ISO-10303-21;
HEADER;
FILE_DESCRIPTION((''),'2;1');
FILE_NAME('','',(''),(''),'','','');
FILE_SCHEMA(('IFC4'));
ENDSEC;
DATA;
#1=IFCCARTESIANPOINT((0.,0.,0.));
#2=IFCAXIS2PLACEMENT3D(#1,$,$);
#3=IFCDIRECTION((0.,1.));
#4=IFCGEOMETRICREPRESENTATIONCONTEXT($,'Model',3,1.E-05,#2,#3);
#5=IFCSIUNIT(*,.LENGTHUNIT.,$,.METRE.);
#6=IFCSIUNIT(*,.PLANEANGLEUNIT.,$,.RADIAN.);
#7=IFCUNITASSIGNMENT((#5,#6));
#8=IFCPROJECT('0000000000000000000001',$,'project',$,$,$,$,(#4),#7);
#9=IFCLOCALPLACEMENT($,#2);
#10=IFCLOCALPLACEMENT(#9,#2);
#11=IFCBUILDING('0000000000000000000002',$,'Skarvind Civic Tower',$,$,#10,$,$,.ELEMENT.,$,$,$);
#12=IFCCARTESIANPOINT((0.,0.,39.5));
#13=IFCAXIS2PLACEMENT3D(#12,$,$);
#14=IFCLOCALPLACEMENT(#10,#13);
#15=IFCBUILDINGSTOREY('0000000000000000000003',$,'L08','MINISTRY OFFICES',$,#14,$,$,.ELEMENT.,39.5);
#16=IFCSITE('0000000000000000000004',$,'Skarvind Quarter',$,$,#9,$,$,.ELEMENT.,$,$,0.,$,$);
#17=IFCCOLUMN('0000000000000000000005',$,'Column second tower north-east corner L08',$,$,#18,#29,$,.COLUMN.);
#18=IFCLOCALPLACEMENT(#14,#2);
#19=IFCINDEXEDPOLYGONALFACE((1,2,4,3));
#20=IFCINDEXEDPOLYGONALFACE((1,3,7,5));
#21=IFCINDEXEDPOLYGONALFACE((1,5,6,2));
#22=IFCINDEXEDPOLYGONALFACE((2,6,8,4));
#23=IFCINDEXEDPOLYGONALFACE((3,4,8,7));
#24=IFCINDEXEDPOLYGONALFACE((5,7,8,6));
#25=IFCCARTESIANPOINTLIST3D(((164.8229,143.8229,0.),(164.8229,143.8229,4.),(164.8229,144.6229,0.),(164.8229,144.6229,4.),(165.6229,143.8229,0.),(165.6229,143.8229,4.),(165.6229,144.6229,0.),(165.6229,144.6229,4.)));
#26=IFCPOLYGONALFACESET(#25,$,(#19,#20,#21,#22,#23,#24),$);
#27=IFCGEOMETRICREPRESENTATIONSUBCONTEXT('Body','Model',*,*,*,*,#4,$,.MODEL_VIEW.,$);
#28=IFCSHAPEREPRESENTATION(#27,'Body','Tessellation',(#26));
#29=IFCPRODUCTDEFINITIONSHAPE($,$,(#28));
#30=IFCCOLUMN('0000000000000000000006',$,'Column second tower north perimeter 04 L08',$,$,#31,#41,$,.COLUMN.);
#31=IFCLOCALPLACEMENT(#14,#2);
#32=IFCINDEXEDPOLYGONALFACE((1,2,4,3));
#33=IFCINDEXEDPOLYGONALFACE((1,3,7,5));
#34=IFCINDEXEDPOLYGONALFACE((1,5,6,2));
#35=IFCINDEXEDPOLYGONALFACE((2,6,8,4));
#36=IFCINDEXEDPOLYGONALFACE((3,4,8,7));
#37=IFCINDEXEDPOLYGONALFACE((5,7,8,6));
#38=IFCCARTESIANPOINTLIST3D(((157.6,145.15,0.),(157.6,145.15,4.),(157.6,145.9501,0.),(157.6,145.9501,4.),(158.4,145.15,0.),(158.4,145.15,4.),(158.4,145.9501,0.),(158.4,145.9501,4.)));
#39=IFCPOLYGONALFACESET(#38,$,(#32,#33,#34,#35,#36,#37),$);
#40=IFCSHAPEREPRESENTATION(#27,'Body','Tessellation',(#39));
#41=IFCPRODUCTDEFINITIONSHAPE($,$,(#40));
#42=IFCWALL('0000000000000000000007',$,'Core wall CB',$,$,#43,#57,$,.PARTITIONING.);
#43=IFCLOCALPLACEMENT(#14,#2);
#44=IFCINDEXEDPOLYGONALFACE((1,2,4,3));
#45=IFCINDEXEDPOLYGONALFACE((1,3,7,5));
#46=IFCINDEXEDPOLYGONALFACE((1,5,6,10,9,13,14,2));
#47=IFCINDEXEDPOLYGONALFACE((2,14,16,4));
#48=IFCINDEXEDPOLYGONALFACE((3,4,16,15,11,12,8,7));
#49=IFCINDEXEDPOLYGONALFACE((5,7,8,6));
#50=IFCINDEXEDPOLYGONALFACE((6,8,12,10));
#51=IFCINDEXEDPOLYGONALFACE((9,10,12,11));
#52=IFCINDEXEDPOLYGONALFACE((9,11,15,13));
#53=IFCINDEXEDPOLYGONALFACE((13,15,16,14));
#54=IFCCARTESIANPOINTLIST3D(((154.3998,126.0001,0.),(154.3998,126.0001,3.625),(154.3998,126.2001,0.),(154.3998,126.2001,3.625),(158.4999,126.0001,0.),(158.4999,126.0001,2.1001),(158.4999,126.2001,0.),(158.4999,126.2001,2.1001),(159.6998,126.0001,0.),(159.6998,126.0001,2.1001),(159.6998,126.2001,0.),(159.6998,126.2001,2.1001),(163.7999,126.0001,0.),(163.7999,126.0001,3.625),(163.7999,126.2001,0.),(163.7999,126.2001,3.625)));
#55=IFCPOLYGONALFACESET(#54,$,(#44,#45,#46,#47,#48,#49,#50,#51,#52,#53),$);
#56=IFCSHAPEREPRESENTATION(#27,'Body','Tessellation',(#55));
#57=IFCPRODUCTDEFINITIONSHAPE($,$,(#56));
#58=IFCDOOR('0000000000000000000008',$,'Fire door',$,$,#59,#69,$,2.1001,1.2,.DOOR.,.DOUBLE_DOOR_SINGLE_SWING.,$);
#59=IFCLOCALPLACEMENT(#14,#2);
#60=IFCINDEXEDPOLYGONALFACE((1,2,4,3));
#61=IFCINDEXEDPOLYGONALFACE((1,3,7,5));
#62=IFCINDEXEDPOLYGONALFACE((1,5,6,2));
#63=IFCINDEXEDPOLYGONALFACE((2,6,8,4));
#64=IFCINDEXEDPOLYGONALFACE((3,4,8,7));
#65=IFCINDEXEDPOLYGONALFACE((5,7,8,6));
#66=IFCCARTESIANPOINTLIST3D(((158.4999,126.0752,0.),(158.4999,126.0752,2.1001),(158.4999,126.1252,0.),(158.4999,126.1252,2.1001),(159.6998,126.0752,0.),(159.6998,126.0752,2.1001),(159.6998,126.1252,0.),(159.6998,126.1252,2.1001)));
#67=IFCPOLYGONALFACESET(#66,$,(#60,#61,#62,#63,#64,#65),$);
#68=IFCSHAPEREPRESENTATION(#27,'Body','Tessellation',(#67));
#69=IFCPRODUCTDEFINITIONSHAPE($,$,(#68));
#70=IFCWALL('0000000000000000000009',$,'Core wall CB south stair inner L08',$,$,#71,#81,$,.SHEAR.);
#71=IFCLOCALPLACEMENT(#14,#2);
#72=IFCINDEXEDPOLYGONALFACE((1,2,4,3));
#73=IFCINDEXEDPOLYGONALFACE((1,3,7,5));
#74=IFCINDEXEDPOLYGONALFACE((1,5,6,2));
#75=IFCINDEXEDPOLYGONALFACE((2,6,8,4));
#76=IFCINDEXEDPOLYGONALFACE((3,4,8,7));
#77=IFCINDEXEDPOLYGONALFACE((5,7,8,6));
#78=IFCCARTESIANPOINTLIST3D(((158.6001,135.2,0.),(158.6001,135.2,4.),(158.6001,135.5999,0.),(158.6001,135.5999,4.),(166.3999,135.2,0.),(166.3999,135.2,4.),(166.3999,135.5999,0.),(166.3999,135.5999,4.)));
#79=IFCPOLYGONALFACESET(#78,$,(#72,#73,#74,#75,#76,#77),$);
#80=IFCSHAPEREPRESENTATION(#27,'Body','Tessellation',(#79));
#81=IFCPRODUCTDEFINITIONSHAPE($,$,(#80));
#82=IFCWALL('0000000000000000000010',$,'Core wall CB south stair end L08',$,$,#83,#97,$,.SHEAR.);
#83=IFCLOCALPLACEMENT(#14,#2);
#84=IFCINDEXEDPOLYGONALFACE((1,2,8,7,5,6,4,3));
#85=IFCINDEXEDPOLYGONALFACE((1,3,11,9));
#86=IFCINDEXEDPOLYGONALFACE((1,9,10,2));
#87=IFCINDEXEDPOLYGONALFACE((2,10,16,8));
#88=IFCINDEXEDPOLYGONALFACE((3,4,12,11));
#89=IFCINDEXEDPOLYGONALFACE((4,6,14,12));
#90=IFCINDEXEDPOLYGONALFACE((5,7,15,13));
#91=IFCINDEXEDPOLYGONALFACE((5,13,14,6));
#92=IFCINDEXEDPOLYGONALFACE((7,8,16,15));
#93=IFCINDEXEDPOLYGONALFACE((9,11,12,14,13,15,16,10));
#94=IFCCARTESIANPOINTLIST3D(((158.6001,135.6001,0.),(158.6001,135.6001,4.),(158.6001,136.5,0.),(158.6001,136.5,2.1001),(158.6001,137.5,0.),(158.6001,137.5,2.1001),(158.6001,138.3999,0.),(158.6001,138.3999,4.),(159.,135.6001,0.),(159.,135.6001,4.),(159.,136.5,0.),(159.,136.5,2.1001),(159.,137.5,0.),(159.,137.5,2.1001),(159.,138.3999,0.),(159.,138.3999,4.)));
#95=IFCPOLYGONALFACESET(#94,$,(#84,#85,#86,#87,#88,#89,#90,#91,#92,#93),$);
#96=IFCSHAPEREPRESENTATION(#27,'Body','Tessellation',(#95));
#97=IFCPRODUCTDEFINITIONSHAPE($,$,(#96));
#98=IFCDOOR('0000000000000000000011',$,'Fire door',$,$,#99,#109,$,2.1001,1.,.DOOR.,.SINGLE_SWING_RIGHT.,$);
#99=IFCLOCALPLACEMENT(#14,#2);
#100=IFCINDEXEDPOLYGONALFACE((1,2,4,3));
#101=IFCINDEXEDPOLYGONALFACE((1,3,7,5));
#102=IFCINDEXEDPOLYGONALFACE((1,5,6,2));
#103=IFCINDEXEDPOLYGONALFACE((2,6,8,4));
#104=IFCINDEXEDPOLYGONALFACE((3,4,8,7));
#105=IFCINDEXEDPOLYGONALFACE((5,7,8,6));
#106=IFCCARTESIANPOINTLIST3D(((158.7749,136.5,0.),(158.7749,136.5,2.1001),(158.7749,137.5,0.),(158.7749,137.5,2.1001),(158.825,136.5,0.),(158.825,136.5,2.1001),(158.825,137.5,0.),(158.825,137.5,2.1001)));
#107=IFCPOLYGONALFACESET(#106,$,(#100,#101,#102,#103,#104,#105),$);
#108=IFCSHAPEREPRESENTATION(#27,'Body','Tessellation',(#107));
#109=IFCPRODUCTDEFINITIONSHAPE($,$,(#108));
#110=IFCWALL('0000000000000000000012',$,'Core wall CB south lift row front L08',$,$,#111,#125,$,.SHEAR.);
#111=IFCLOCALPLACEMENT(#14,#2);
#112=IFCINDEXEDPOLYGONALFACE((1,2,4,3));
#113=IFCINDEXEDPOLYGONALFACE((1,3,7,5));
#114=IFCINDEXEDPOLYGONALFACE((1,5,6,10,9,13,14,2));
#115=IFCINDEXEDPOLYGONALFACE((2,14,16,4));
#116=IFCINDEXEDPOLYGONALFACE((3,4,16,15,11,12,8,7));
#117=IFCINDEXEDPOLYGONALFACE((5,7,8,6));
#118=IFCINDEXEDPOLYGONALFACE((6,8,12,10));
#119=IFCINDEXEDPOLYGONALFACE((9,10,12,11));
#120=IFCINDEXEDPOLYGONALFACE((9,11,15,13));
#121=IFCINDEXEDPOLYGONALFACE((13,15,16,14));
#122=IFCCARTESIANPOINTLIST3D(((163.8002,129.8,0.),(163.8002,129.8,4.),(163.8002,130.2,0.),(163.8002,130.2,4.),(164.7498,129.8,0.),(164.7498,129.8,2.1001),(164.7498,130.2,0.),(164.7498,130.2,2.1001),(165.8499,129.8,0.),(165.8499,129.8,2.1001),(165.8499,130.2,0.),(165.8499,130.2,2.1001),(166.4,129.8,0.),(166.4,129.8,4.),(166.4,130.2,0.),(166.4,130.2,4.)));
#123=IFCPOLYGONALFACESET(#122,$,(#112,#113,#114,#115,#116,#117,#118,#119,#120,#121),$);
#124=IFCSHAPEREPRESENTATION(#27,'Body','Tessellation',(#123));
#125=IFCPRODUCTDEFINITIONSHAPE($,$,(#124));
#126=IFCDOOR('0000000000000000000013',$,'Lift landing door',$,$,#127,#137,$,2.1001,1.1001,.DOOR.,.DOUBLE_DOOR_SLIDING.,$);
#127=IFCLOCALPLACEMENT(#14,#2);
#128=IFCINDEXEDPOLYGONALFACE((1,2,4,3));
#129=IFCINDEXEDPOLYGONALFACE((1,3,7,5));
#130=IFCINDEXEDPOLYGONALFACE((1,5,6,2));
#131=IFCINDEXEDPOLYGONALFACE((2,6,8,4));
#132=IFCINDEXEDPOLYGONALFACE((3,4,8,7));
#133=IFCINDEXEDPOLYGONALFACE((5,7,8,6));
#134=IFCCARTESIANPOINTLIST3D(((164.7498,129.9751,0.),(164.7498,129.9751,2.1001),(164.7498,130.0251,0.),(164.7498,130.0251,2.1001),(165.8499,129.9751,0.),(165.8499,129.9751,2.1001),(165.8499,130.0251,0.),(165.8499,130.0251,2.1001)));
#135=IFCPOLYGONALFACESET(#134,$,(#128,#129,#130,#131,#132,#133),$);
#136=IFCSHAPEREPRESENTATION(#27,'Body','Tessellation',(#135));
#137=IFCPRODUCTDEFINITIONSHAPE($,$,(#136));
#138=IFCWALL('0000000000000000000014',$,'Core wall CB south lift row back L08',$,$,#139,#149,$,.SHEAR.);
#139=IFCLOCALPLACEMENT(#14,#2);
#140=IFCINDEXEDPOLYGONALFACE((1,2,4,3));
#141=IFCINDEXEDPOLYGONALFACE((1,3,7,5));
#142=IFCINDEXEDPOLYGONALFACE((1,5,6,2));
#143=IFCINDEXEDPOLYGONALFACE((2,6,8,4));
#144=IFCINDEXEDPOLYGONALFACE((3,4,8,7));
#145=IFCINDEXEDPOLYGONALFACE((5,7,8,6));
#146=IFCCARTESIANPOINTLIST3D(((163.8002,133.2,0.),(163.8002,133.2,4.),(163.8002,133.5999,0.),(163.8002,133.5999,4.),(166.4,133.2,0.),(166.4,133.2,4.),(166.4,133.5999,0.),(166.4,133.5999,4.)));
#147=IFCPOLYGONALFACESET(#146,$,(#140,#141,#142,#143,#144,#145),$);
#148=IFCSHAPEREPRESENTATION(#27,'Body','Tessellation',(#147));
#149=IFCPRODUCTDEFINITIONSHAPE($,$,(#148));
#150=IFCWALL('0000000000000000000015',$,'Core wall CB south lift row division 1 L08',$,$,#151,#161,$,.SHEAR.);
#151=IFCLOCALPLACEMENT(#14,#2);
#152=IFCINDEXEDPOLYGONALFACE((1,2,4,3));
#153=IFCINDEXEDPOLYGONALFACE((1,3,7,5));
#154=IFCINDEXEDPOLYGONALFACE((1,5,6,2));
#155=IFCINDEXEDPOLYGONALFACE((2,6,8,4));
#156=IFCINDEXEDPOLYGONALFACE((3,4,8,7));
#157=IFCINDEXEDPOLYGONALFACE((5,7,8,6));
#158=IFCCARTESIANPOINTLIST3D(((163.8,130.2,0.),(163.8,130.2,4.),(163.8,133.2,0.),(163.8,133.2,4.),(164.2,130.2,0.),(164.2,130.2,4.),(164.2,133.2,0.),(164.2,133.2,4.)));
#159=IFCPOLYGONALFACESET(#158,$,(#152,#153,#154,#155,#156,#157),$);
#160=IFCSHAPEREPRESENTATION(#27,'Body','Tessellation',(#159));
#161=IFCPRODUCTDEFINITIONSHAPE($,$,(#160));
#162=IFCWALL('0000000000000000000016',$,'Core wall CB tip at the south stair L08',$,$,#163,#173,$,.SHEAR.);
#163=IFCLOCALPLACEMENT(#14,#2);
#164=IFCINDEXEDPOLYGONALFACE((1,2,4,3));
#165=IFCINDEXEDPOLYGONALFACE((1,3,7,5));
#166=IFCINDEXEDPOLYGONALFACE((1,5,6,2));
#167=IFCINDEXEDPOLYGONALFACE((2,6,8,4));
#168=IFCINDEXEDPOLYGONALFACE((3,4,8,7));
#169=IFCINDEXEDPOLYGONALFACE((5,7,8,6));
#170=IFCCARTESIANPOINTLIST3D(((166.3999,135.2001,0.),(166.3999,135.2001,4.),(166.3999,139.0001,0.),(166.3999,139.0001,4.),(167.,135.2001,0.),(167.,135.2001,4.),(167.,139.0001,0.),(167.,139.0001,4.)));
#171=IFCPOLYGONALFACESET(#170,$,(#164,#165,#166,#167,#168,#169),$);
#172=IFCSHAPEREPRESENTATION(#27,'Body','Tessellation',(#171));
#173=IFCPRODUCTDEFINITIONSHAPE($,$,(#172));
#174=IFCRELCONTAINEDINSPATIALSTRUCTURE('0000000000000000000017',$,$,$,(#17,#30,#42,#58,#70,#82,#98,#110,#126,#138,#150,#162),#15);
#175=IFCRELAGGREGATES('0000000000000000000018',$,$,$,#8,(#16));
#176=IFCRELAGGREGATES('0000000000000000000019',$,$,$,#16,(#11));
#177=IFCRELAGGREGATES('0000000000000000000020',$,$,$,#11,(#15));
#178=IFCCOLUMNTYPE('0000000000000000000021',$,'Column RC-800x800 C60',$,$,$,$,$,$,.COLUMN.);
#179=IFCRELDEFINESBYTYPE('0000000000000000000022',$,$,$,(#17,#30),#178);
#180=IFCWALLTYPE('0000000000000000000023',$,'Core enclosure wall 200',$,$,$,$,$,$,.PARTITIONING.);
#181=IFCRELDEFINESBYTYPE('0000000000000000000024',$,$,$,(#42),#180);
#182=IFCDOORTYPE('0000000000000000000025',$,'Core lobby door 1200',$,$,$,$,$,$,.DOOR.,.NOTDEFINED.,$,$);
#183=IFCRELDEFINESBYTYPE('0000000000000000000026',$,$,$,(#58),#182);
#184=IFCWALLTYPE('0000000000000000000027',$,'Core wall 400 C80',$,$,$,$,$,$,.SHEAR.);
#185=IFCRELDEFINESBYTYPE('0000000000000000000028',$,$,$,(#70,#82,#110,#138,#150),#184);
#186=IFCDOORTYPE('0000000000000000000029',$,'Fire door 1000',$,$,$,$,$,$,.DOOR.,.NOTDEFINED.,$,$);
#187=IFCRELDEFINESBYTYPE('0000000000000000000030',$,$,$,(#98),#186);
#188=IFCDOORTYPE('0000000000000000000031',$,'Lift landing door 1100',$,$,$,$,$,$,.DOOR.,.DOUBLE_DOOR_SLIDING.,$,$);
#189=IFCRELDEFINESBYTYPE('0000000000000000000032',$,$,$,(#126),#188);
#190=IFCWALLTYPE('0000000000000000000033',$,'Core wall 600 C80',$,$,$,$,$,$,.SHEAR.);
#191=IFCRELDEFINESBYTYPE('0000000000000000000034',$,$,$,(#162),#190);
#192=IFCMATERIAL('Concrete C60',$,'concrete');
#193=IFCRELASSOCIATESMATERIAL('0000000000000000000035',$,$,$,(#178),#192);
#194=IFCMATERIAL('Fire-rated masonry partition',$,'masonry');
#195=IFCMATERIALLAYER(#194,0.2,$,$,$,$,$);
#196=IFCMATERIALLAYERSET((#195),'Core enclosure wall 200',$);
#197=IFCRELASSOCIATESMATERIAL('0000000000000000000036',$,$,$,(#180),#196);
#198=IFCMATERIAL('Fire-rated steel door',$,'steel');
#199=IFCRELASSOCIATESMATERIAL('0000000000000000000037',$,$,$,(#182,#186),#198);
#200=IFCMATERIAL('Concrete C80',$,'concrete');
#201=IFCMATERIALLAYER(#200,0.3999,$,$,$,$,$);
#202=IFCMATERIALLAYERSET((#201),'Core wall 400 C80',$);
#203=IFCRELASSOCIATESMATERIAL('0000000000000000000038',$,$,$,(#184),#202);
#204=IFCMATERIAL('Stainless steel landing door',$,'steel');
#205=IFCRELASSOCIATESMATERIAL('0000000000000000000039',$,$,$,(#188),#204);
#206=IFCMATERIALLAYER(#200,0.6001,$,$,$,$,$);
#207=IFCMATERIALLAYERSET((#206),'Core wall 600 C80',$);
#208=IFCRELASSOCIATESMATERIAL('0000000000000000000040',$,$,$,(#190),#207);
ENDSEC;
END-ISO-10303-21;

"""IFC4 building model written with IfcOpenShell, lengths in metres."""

from ifc_helpers import new_model, si_unit, direction, frame, frame_2d, origin, origin_2d, place, context, subcontext, project, spatial, rectangle, extrude, material, layer, layer_set, material_profile, profile_set, type_object, element, fill, save


model = new_model("IFC4")

# Units and contexts
model_context = context("Model", 3, precision=1e-05, world=origin(), true_north=direction((0.0, 1.0)))
body_context = subcontext(model_context, "Body", "Model", "MODEL_VIEW")
ifc_project = project(units=[si_unit("LENGTHUNIT", "METRE"), si_unit("PLANEANGLEUNIT", "RADIAN")], contexts=[model_context])

# Site, building, storey
site_placement = place(None, origin())
site = spatial("IfcSite", under=ifc_project, at=site_placement, Name="Skarvind Quarter", CompositionType="ELEMENT", RefElevation=0.0)
building_placement = place(site_placement, origin())
building = spatial("IfcBuilding", under=site, at=building_placement, Name="Skarvind Civic Tower", CompositionType="ELEMENT")
storey_placement = place(building_placement, frame((0.0, 0.0, 39.5)))
storey = spatial("IfcBuildingStorey", under=building, at=storey_placement, Name="L08", Description="MINISTRY OFFICES", CompositionType="ELEMENT", Elevation=39.5)

# Columns
ifc_material_1 = material(Name="Concrete C60", Category="concrete")
ifc_material_profile = material_profile(ifc_material_1, rectangle(XDim=0.8, YDim=0.8, at=origin_2d()), Name="RC-800x800")
ifc_profile_set = profile_set([ifc_material_profile], Name="Concrete C60")
column_type = type_object("IfcColumnType", Name="Column RC-800x800 C60", PredefinedType="COLUMN", material=ifc_profile_set)
for number, where, z_axis, x_axis, name in (
    (1, (165.2229, 144.2229, 0.0), (0.0, 0.0, 1.0), (1.0, 0.0, 0.0), "Column second tower north-east corner L08"),
    (2, (158.0, 145.55, 0.0), (0.0, 0.0, 1.0), (1.0, 0.0, 0.0), "Column second tower north perimeter 04 L08"),
):
    element("IfcColumn", number, at=place(storey_placement, frame(where, z_axis=z_axis, x_axis=x_axis)), inside=storey, type_object=column_type, Name=name, PredefinedType="COLUMN", context=body_context, shape_type="SweptSolid", body=[
        extrude(rectangle(XDim=0.8, YDim=0.8, at=origin_2d()), origin(), (0.0, 0.0, 1.0), 4.0),
    ])

# Wall, opening, door
ifc_material_2 = material(Name="Fire-rated masonry partition", Category="masonry")
ifc_layer_1 = layer(ifc_material_2, 0.2)
ifc_layer_set_1 = layer_set([ifc_layer_1], Name="Core enclosure wall 200")
wall_type_1 = type_object("IfcWallType", Name="Core enclosure wall 200", PredefinedType="PARTITIONING", material=ifc_layer_set_1)
wall_1_placement = place(storey_placement, frame((163.8, 126.1001, 0.0), z_axis=(0.0, 0.0, 1.0), x_axis=(-1.0, 0.0, 0.0)))
wall_1 = element("IfcWall", 3, at=wall_1_placement, inside=storey, type_object=wall_type_1, Name="Core wall CB", PredefinedType="PARTITIONING", context=body_context, shape_type="SweptSolid", body=[
    extrude(rectangle(XDim=9.4001, YDim=0.2, at=frame_2d((4.7002, 0.0))), origin(), (0.0, 0.0, 1.0), 3.625),
])
opening_1_placement = place(wall_1_placement, frame((4.1001, 0.0, 0.0)))
opening_1 = element("IfcOpeningElement", 4, at=opening_1_placement, cuts=wall_1, PredefinedType="OPENING", context=body_context, shape_type="SweptSolid", body=[
    extrude(rectangle(XDim=1.2, YDim=2.1001, at=frame_2d((0.6001, 1.05))), frame((0.0, 0.1099, 0.0), z_axis=(0.0, -1.0, 0.0), x_axis=(1.0, 0.0, 0.0)), (0.0, 0.0, 1.0), 0.22),
])
ifc_material_3 = material(Name="Fire-rated steel door", Category="steel")
door_type_1 = type_object("IfcDoorType", Name="Core lobby door 1200", OperationType="NOTDEFINED", PredefinedType="DOOR", material=ifc_material_3)
door_1_placement = place(opening_1_placement, origin())
door_1 = element("IfcDoor", 5, at=door_1_placement, inside=storey, type_object=door_type_1, Name="Fire door", OperationType="DOUBLE_DOOR_SINGLE_SWING", OverallHeight=2.1001, OverallWidth=1.2, PredefinedType="DOOR", context=body_context, shape_type="SweptSolid", body=[
    extrude(rectangle(XDim=1.2, YDim=2.1001, at=frame_2d((0.6001, 1.05))), frame((0.0, 0.0249, 0.0), z_axis=(0.0, -1.0, 0.0), x_axis=(1.0, 0.0, 0.0)), (0.0, 0.0, 1.0), 0.05),
])
fill(opening_1, door_1)

# Wall
ifc_material_4 = material(Name="Concrete C80", Category="concrete")
ifc_layer_2 = layer(ifc_material_4, 0.3999)
ifc_layer_set_2 = layer_set([ifc_layer_2], Name="Core wall 400 C80")
wall_type_2 = type_object("IfcWallType", Name="Core wall 400 C80", PredefinedType="SHEAR", material=ifc_layer_set_2)
wall_2_placement = place(storey_placement, frame((166.3999, 135.3999, 0.0), z_axis=(0.0, 0.0, 1.0), x_axis=(-1.0, 0.0, 0.0)))
element("IfcWall", 6, at=wall_2_placement, inside=storey, type_object=wall_type_2, Name="Core wall CB south stair inner L08", PredefinedType="SHEAR", context=body_context, shape_type="SweptSolid", body=[
    extrude(rectangle(XDim=7.7998, YDim=0.3999, at=frame_2d((3.8999, 0.0))), origin(), (0.0, 0.0, 1.0), 4.0),
])

# Walls, openings, doors
wall_3_placement = place(storey_placement, frame((158.8, 138.3999, 0.0), z_axis=(0.0, 0.0, 1.0), x_axis=(0.0, -1.0, 0.0)))
wall_3 = element("IfcWall", 7, at=wall_3_placement, inside=storey, type_object=wall_type_2, Name="Core wall CB south stair end L08", PredefinedType="SHEAR", context=body_context, shape_type="SweptSolid", body=[
    extrude(rectangle(XDim=2.7998, YDim=0.3999, at=frame_2d((1.3999, 0.0))), origin(), (0.0, 0.0, 1.0), 4.0),
])
opening_2_placement = place(wall_3_placement, frame((0.8999, 0.0, 0.0)))
opening_2 = element("IfcOpeningElement", 8, at=opening_2_placement, cuts=wall_3, PredefinedType="OPENING", context=body_context, shape_type="SweptSolid", body=[
    extrude(rectangle(XDim=1.0, YDim=2.1001, at=frame_2d((0.5, 1.05))), frame((0.0, 0.21, 0.0), z_axis=(0.0, -1.0, 0.0), x_axis=(1.0, 0.0, 0.0)), (0.0, 0.0, 1.0), 0.4199),
])
door_type_2 = type_object("IfcDoorType", Name="Fire door 1000", OperationType="NOTDEFINED", PredefinedType="DOOR", material=ifc_material_3)
door_2_placement = place(opening_2_placement, origin())
door_2 = element("IfcDoor", 9, at=door_2_placement, inside=storey, type_object=door_type_2, Name="Fire door", OperationType="SINGLE_SWING_RIGHT", OverallHeight=2.1001, OverallWidth=1.0, PredefinedType="DOOR", context=body_context, shape_type="SweptSolid", body=[
    extrude(rectangle(XDim=1.0, YDim=2.1001, at=frame_2d((0.5, 1.05))), frame((0.0, 0.0249, 0.0), z_axis=(0.0, -1.0, 0.0), x_axis=(1.0, 0.0, 0.0)), (0.0, 0.0, 1.0), 0.05),
])
fill(opening_2, door_2)
wall_4_placement = place(storey_placement, frame((166.3999, 130.0, 0.0), z_axis=(0.0, 0.0, 1.0), x_axis=(-1.0, 0.0, 0.0)))
wall_4 = element("IfcWall", 10, at=wall_4_placement, inside=storey, type_object=wall_type_2, Name="Core wall CB south lift row front L08", PredefinedType="SHEAR", context=body_context, shape_type="SweptSolid", body=[
    extrude(rectangle(XDim=2.5999, YDim=0.3999, at=frame_2d((1.2998, 0.0))), origin(), (0.0, 0.0, 1.0), 4.0),
])
opening_3_placement = place(wall_4_placement, frame((0.55, 0.0, 0.0)))
opening_3 = element("IfcOpeningElement", 11, at=opening_3_placement, cuts=wall_4, PredefinedType="OPENING", context=body_context, shape_type="SweptSolid", body=[
    extrude(rectangle(XDim=1.1001, YDim=2.1001, at=frame_2d((0.55, 1.05))), frame((0.0, 0.21, 0.0), z_axis=(0.0, -1.0, 0.0), x_axis=(1.0, 0.0, 0.0)), (0.0, 0.0, 1.0), 0.4199),
])
ifc_material_5 = material(Name="Stainless steel landing door", Category="steel")
door_type_3 = type_object("IfcDoorType", Name="Lift landing door 1100", OperationType="DOUBLE_DOOR_SLIDING", PredefinedType="DOOR", material=ifc_material_5)
door_3_placement = place(opening_3_placement, origin())
door_3 = element("IfcDoor", 12, at=door_3_placement, inside=storey, type_object=door_type_3, Name="Lift landing door", OperationType="DOUBLE_DOOR_SLIDING", OverallHeight=2.1001, OverallWidth=1.1001, PredefinedType="DOOR", context=body_context, shape_type="SweptSolid", body=[
    extrude(rectangle(XDim=1.1001, YDim=2.1001, at=frame_2d((0.55, 1.05))), frame((0.0, 0.0249, 0.0), z_axis=(0.0, -1.0, 0.0), x_axis=(1.0, 0.0, 0.0)), (0.0, 0.0, 1.0), 0.05),
])
fill(opening_3, door_3)

# Walls
wall_5_placement = place(storey_placement, frame((166.3999, 133.3999, 0.0), z_axis=(0.0, 0.0, 1.0), x_axis=(-1.0, 0.0, 0.0)))
element("IfcWall", 13, at=wall_5_placement, inside=storey, type_object=wall_type_2, Name="Core wall CB south lift row back L08", PredefinedType="SHEAR", context=body_context, shape_type="SweptSolid", body=[
    extrude(rectangle(XDim=2.5999, YDim=0.3999, at=frame_2d((1.2998, 0.0))), origin(), (0.0, 0.0, 1.0), 4.0),
])
wall_6_placement = place(storey_placement, frame((164.0, 133.2, 0.0), z_axis=(0.0, 0.0, 1.0), x_axis=(0.0, -1.0, 0.0)))
element("IfcWall", 14, at=wall_6_placement, inside=storey, type_object=wall_type_2, Name="Core wall CB south lift row division 1 L08", PredefinedType="SHEAR", context=body_context, shape_type="SweptSolid", body=[
    extrude(rectangle(XDim=3.0, YDim=0.3999, at=frame_2d((1.5, 0.0))), origin(), (0.0, 0.0, 1.0), 4.0),
])
ifc_layer_3 = layer(ifc_material_4, 0.6001)
ifc_layer_set_3 = layer_set([ifc_layer_3], Name="Core wall 600 C80")
wall_type_3 = type_object("IfcWallType", Name="Core wall 600 C80", PredefinedType="SHEAR", material=ifc_layer_set_3)
wall_7_placement = place(storey_placement, frame((166.7, 139.0, 0.0), z_axis=(0.0, 0.0, 1.0), x_axis=(0.0, -1.0, 0.0)))
element("IfcWall", 15, at=wall_7_placement, inside=storey, type_object=wall_type_3, Name="Core wall CB tip at the south stair L08", PredefinedType="SHEAR", context=body_context, shape_type="SweptSolid", body=[
    extrude(rectangle(XDim=3.8, YDim=0.6001, at=frame_2d((1.8999, 0.0))), origin(), (0.0, 0.0, 1.0), 4.0),
])

save(model, "model.ifc")
